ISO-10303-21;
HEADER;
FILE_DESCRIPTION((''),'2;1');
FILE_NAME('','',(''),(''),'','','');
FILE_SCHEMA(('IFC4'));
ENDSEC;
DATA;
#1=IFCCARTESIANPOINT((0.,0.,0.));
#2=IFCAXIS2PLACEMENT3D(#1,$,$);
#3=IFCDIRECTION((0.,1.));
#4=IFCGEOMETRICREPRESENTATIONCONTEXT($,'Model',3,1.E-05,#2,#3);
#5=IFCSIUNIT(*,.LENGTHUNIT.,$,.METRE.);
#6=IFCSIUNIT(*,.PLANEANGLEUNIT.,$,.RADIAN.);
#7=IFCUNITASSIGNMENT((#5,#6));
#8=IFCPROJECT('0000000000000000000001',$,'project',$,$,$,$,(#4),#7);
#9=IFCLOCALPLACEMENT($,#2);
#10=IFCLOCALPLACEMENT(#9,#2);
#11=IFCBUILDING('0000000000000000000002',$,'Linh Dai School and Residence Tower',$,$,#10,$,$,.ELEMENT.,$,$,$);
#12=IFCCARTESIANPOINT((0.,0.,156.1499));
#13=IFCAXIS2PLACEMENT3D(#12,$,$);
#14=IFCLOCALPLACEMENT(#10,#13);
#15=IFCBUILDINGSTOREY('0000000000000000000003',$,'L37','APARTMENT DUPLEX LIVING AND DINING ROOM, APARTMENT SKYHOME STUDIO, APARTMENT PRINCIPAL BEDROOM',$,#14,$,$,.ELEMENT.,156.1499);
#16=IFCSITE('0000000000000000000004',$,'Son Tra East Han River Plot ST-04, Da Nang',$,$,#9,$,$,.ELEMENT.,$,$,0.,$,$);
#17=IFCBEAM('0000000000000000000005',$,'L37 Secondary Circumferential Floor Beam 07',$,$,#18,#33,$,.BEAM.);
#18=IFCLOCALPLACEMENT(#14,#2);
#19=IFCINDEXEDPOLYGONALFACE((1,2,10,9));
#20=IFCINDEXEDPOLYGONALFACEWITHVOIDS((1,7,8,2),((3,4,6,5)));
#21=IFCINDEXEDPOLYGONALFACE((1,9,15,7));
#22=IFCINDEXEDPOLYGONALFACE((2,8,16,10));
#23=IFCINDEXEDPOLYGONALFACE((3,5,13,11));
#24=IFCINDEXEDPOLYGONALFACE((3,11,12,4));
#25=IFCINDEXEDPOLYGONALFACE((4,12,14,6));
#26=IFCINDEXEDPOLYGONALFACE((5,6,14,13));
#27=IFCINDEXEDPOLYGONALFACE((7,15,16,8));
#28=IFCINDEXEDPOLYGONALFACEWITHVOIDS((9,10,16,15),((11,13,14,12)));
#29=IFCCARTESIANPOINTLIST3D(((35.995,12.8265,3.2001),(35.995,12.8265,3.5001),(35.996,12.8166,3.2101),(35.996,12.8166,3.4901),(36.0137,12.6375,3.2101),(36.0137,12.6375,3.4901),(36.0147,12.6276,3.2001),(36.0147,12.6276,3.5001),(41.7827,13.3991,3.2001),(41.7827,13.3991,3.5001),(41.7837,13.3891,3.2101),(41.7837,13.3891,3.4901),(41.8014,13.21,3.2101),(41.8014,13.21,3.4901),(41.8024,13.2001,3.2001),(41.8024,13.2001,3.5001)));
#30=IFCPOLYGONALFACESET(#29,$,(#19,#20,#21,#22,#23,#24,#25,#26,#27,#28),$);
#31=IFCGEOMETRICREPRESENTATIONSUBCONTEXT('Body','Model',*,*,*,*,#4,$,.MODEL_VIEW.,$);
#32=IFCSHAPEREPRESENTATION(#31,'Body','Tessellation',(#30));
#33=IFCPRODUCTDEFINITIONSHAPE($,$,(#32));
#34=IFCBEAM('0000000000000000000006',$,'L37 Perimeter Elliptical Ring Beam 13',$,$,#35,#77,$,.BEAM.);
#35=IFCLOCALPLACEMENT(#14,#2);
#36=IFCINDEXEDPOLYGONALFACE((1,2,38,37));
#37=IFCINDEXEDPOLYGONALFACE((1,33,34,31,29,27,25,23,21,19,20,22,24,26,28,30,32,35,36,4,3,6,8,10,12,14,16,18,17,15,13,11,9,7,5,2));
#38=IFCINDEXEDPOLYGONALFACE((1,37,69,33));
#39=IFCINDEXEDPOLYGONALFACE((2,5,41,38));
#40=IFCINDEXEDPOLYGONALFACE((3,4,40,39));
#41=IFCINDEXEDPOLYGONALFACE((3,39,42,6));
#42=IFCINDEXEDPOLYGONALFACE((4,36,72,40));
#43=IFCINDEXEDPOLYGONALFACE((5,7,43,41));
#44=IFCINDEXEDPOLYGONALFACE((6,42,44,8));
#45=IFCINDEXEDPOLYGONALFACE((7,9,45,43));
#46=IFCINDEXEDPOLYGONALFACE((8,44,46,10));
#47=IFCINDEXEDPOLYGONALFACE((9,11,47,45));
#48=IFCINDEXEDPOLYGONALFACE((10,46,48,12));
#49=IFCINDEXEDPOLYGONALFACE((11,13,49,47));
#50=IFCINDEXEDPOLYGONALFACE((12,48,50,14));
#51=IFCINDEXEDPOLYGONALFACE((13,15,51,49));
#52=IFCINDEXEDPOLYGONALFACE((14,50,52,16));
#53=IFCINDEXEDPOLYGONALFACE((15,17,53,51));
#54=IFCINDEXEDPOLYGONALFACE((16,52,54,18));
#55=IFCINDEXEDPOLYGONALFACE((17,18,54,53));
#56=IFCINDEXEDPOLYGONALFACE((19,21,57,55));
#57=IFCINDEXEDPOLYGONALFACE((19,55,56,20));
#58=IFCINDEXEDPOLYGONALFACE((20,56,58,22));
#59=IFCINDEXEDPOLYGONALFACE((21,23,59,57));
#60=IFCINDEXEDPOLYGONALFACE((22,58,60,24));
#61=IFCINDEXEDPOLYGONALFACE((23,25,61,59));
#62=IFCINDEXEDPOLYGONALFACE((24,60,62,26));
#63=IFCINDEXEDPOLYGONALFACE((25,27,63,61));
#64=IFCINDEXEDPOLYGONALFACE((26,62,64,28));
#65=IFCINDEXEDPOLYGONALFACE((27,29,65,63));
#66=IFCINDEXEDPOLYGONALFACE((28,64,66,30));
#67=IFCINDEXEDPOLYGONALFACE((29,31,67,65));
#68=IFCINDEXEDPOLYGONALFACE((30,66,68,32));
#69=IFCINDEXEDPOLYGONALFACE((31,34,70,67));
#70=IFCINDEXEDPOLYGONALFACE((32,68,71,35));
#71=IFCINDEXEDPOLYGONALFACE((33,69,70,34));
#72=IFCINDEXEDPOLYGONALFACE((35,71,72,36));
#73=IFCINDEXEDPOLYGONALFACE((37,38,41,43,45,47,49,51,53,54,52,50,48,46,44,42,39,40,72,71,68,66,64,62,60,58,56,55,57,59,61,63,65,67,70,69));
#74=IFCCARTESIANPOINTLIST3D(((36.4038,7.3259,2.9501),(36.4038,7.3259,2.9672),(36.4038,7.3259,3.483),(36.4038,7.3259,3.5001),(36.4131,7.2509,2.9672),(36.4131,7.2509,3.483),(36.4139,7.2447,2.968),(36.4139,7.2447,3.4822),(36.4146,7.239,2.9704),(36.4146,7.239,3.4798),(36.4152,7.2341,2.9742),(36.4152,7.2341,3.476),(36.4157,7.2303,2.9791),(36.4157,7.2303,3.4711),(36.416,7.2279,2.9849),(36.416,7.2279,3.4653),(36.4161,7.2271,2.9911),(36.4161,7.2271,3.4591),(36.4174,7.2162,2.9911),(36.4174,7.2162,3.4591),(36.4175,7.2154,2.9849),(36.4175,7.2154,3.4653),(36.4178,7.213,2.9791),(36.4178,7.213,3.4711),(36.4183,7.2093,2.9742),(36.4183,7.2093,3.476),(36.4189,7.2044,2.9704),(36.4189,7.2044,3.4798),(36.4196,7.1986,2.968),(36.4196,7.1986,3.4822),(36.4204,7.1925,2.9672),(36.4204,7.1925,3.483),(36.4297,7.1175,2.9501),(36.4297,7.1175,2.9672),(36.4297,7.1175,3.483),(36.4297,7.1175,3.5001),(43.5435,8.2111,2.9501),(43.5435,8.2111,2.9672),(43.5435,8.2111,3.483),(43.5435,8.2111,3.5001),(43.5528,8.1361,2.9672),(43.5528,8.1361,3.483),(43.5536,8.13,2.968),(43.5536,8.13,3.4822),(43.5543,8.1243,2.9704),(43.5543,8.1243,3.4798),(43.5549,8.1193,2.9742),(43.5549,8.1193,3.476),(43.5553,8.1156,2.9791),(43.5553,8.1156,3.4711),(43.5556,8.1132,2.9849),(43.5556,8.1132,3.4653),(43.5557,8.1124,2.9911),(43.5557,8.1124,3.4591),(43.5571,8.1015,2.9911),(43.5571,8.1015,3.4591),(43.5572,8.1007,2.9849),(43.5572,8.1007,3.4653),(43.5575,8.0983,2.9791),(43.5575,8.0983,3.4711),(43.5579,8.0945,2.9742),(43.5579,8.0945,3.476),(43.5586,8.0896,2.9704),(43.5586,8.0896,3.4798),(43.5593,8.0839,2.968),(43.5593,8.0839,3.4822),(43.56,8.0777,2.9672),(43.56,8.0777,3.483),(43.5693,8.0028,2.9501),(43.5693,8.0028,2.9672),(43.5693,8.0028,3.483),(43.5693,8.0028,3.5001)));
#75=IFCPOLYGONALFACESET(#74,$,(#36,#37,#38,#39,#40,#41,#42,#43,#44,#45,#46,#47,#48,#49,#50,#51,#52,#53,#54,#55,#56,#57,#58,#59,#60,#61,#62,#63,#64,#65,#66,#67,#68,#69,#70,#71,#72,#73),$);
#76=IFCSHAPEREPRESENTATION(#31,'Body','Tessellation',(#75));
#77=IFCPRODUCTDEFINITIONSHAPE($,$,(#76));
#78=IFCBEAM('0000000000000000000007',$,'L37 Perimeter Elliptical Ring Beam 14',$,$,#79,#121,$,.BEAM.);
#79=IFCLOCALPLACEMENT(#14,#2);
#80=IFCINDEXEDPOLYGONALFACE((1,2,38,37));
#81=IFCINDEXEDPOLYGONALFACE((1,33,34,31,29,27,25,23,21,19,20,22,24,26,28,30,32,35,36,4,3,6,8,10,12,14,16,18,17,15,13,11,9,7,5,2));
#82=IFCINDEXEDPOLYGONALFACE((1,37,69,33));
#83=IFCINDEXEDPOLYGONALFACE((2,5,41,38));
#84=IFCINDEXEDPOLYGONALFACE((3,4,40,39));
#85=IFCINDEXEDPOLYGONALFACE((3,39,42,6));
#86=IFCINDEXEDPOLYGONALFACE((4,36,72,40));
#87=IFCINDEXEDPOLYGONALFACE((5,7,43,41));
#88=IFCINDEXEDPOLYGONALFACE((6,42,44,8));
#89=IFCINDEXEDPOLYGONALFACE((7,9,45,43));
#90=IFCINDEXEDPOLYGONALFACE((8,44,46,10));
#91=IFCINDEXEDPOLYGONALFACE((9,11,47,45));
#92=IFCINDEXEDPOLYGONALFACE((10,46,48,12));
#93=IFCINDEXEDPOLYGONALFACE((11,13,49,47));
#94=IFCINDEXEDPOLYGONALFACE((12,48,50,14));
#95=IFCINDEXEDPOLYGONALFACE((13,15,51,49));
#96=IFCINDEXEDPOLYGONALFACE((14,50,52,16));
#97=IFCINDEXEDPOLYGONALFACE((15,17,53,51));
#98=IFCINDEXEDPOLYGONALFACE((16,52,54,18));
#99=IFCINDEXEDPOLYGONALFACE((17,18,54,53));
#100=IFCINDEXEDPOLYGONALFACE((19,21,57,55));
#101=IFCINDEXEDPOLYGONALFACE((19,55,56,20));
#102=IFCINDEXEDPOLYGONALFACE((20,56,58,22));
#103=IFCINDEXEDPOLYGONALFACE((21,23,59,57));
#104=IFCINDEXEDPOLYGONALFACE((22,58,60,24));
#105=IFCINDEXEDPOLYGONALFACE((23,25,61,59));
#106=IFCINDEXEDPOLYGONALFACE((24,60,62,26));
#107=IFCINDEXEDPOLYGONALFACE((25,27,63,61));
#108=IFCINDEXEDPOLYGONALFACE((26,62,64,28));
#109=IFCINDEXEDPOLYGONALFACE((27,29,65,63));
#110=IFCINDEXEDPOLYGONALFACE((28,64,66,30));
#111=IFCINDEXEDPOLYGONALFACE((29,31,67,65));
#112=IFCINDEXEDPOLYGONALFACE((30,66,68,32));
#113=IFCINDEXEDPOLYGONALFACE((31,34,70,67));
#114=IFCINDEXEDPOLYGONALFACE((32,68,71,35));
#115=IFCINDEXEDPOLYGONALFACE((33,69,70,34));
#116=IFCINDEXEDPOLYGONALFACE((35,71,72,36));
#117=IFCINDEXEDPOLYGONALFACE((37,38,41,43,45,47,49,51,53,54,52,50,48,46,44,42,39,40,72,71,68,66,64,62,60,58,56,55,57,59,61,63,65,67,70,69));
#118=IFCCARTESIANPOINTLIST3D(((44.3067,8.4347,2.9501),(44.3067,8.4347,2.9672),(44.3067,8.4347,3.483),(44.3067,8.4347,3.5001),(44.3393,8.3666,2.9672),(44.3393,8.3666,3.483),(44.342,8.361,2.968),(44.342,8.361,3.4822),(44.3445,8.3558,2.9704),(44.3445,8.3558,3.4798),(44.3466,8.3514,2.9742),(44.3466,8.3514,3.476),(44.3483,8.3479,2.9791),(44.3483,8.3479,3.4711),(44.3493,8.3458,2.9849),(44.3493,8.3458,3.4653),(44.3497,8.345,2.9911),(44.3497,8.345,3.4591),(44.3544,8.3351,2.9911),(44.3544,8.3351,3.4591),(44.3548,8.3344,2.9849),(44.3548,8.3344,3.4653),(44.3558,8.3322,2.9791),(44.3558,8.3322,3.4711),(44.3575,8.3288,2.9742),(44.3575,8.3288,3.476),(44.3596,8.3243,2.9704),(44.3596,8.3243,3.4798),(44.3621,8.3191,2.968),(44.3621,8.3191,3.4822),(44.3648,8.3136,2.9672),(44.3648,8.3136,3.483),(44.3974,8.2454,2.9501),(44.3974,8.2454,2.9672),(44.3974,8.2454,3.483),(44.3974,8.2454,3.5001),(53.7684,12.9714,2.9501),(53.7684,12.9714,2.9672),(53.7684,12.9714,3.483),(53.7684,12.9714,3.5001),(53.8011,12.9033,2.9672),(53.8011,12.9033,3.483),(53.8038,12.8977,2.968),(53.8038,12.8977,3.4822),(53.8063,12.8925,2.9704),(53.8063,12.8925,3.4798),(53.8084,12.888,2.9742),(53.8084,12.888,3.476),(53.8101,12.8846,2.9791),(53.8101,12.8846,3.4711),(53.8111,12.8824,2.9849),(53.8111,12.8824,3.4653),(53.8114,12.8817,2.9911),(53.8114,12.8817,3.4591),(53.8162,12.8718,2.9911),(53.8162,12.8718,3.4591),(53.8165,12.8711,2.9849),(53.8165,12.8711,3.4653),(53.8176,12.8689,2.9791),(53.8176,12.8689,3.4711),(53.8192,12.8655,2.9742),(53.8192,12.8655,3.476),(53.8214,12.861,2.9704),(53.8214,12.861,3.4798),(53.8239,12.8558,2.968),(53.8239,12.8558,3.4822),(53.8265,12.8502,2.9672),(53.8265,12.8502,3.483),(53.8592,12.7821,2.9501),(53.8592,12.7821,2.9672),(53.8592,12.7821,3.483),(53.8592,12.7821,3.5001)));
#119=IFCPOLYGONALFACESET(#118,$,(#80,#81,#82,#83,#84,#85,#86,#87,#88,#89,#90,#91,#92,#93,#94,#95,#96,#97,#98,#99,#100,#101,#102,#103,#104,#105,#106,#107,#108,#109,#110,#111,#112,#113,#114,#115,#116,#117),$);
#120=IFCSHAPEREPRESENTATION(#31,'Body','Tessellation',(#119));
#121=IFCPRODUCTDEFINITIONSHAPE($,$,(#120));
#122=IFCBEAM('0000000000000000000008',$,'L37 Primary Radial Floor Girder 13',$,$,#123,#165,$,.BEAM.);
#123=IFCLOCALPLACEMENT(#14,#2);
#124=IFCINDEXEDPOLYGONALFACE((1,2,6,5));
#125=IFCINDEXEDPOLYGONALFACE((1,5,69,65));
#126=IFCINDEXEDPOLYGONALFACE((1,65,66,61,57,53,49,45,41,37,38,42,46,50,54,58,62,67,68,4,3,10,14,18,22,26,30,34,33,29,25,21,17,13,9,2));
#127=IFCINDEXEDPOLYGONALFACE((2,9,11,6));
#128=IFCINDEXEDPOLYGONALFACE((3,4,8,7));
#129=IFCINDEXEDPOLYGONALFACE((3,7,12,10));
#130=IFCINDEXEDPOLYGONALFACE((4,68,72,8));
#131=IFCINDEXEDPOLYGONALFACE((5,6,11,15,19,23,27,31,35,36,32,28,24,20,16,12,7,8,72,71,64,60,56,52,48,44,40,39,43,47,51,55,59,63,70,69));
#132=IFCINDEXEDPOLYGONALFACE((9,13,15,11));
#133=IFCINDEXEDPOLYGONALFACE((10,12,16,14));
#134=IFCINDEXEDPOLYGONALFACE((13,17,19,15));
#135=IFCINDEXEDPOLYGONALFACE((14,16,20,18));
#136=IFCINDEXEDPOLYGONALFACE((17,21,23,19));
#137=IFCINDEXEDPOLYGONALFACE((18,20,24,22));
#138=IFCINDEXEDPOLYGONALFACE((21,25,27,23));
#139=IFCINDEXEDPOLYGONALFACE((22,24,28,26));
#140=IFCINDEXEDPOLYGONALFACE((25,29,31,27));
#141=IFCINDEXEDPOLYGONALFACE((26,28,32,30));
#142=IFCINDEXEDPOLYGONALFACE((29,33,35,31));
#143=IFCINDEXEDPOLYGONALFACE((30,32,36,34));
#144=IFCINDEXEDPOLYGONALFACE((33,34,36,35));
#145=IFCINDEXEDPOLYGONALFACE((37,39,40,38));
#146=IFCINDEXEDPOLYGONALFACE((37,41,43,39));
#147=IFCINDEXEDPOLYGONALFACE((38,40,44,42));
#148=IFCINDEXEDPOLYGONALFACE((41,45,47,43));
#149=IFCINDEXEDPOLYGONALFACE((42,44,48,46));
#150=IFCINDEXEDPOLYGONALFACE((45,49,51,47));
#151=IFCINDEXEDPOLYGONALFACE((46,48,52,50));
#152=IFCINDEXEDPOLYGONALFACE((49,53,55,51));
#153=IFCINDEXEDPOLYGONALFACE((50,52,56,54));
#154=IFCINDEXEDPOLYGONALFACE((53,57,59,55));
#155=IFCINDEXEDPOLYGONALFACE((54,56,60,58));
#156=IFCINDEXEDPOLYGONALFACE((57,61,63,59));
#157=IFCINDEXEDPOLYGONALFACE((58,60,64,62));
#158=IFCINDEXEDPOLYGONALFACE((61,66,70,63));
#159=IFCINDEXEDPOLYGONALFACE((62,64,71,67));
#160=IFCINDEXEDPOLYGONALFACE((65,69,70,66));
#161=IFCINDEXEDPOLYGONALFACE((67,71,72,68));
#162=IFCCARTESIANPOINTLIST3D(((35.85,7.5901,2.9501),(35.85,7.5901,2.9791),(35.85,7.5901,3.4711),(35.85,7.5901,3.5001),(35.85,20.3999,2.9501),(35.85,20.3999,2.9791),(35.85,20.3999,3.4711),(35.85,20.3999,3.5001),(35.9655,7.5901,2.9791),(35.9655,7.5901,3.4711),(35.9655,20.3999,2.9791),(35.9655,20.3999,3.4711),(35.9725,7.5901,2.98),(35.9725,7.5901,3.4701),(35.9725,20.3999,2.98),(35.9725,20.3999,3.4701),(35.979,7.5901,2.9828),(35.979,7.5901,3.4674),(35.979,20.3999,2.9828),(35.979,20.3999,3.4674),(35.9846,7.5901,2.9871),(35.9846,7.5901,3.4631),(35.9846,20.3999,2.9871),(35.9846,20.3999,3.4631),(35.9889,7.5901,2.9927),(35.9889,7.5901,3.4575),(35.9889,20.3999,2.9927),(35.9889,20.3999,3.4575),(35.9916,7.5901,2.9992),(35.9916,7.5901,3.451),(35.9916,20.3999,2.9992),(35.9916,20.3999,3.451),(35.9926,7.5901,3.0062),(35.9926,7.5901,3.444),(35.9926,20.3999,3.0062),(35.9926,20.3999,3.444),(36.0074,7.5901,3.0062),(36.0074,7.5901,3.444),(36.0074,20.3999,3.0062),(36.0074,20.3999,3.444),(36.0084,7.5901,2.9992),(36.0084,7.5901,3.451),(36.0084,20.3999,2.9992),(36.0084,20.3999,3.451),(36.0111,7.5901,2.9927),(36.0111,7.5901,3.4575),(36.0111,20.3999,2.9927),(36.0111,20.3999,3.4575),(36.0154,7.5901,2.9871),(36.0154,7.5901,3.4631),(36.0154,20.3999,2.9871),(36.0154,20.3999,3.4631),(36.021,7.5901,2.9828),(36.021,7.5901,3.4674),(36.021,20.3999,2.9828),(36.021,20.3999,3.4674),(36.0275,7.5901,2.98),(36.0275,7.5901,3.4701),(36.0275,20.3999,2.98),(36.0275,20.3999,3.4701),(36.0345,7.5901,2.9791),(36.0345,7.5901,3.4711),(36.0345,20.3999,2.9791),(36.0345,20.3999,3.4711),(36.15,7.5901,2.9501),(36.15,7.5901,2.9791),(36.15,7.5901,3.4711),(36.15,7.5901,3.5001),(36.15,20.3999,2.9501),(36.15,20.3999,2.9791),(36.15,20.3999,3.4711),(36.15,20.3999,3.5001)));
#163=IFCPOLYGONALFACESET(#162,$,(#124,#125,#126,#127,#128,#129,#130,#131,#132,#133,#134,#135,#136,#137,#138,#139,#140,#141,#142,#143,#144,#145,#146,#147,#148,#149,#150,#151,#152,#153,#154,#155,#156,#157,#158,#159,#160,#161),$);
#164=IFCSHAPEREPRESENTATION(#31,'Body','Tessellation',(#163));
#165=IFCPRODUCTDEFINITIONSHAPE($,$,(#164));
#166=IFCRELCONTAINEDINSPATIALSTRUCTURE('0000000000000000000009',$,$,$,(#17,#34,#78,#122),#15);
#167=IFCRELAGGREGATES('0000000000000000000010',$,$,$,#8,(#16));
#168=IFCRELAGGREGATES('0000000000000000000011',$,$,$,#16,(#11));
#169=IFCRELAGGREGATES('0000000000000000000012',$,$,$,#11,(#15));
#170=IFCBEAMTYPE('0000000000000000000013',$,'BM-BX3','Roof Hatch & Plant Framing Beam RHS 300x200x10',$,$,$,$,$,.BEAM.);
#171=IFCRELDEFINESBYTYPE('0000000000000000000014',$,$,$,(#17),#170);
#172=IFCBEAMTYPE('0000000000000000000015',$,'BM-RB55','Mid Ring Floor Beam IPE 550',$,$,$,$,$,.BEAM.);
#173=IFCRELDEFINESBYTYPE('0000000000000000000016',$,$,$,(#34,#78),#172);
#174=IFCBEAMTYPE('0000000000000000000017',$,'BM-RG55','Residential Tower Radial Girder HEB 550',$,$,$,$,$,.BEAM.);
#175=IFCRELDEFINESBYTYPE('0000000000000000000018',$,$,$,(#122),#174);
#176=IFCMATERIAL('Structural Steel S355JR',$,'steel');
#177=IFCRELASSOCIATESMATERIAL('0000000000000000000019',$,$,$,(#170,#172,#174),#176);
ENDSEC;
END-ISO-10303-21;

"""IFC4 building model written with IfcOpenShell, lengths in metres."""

from ifc_helpers import new_model, si_unit, direction, frame, origin, origin_2d, place, context, subcontext, project, spatial, hollow_rectangle, i_section, extrude, material, material_profile, profile_set, type_object, element, save


model = new_model("IFC4")

# Units and contexts
model_context = context("Model", 3, precision=1e-05, world=origin(), true_north=direction((0.0, 1.0)))
body_context = subcontext(model_context, "Body", "Model", "MODEL_VIEW")
ifc_project = project(units=[si_unit("LENGTHUNIT", "METRE"), si_unit("PLANEANGLEUNIT", "RADIAN")], contexts=[model_context])

# Site, building, storey
site_placement = place(None, origin())
site = spatial("IfcSite", under=ifc_project, at=site_placement, Name="Son Tra East Han River Plot ST-04, Da Nang", CompositionType="ELEMENT", RefElevation=0.0)
building_placement = place(site_placement, origin())
building = spatial("IfcBuilding", under=site, at=building_placement, Name="Linh Dai School and Residence Tower", CompositionType="ELEMENT")
storey_placement = place(building_placement, frame((0.0, 0.0, 156.1499)))
storey = spatial("IfcBuildingStorey", under=building, at=storey_placement, Name="L37", Description="APARTMENT DUPLEX LIVING AND DINING ROOM, APARTMENT SKYHOME STUDIO, APARTMENT PRINCIPAL BEDROOM", CompositionType="ELEMENT", Elevation=156.1499)

# Shared definitions
ifc_material_1 = material(Name="Structural Steel S355JR", Category="steel")

# Beams
ifc_material_profile_1 = material_profile(ifc_material_1, hollow_rectangle(XDim=0.2, YDim=0.3, WallThickness=0.01, at=origin_2d()), Name="RHS 300x200x10")
ifc_profile_set_1 = profile_set([ifc_material_profile_1], Name="Structural Steel S355JR")
beam_type_1 = type_object("IfcBeamType", Name="BM-BX3", Description="Roof Hatch & Plant Framing Beam RHS 300x200x10", PredefinedType="BEAM", material=ifc_profile_set_1)
beam_1_placement = place(storey_placement, frame((36.0049, 12.7271, 3.3501), z_axis=(0.995143, 0.09844, 0.0), x_axis=(-0.09844, 0.995143, 0.0)))
element("IfcBeam", 1, at=beam_1_placement, inside=storey, type_object=beam_type_1, Name="L37 Secondary Circumferential Floor Beam 07", PredefinedType="BEAM", context=body_context, shape_type="SweptSolid", body=[
    extrude(hollow_rectangle(XDim=0.2, YDim=0.3, WallThickness=0.01, at=origin_2d()), origin(), (0.0, 0.0, 1.0), 5.8159),
])
ifc_material_profile_2 = material_profile(ifc_material_1, i_section(OverallWidth=0.21, OverallDepth=0.55, WebThickness=0.011, FlangeThickness=0.0171, FilletRadius=0.0239, at=origin_2d()), Name="IPE 550")
ifc_profile_set_2 = profile_set([ifc_material_profile_2], Name="Structural Steel S355JR")
beam_type_2 = type_object("IfcBeamType", Name="BM-RB55", Description="Mid Ring Floor Beam IPE 550", PredefinedType="BEAM", material=ifc_profile_set_2)
beam_2_placement = place(storey_placement, frame((36.4167, 7.2217, 3.2251), z_axis=(0.992401, 0.123049, 0.0), x_axis=(-0.123049, 0.992401, 0.0)))
element("IfcBeam", 2, at=beam_2_placement, inside=storey, type_object=beam_type_2, Name="L37 Perimeter Elliptical Ring Beam 13", PredefinedType="BEAM", context=body_context, shape_type="SweptSolid", body=[
    extrude(i_section(OverallWidth=0.21, OverallDepth=0.55, WebThickness=0.011, FlangeThickness=0.0171, FilletRadius=0.0239, at=origin_2d()), origin(), (0.0, 0.0, 1.0), 7.1943),
])
beam_3_placement = place(storey_placement, frame((44.3521, 8.3401, 3.2251), z_axis=(0.901708, 0.432345, 0.0), x_axis=(-0.432345, 0.901708, 0.0)))
element("IfcBeam", 3, at=beam_3_placement, inside=storey, type_object=beam_type_2, Name="L37 Perimeter Elliptical Ring Beam 14", PredefinedType="BEAM", context=body_context, shape_type="SweptSolid", body=[
    extrude(i_section(OverallWidth=0.21, OverallDepth=0.55, WebThickness=0.011, FlangeThickness=0.0171, FilletRadius=0.0239, at=origin_2d()), origin(), (0.0, 0.0, 1.0), 10.4932),
])
ifc_material_profile_3 = material_profile(ifc_material_1, i_section(OverallWidth=0.3, OverallDepth=0.55, WebThickness=0.0149, FlangeThickness=0.0291, FilletRadius=0.0271, at=origin_2d()), Name="HEB 550")
ifc_profile_set_3 = profile_set([ifc_material_profile_3], Name="Structural Steel S355JR")
beam_type_3 = type_object("IfcBeamType", Name="BM-RG55", Description="Residential Tower Radial Girder HEB 550", PredefinedType="BEAM", material=ifc_profile_set_3)
beam_4_placement = place(storey_placement, frame((36.0, 20.3999, 3.2251), z_axis=(0.0, -1.0, 0.0), x_axis=(1.0, 0.0, 0.0)))
element("IfcBeam", 4, at=beam_4_placement, inside=storey, type_object=beam_type_3, Name="L37 Primary Radial Floor Girder 13", PredefinedType="BEAM", context=body_context, shape_type="SweptSolid", body=[
    extrude(i_section(OverallWidth=0.3, OverallDepth=0.55, WebThickness=0.0149, FlangeThickness=0.0291, FilletRadius=0.0271, at=origin_2d()), origin(), (0.0, 0.0, 1.0), 12.8098),
])

save(model, "model.ifc")
